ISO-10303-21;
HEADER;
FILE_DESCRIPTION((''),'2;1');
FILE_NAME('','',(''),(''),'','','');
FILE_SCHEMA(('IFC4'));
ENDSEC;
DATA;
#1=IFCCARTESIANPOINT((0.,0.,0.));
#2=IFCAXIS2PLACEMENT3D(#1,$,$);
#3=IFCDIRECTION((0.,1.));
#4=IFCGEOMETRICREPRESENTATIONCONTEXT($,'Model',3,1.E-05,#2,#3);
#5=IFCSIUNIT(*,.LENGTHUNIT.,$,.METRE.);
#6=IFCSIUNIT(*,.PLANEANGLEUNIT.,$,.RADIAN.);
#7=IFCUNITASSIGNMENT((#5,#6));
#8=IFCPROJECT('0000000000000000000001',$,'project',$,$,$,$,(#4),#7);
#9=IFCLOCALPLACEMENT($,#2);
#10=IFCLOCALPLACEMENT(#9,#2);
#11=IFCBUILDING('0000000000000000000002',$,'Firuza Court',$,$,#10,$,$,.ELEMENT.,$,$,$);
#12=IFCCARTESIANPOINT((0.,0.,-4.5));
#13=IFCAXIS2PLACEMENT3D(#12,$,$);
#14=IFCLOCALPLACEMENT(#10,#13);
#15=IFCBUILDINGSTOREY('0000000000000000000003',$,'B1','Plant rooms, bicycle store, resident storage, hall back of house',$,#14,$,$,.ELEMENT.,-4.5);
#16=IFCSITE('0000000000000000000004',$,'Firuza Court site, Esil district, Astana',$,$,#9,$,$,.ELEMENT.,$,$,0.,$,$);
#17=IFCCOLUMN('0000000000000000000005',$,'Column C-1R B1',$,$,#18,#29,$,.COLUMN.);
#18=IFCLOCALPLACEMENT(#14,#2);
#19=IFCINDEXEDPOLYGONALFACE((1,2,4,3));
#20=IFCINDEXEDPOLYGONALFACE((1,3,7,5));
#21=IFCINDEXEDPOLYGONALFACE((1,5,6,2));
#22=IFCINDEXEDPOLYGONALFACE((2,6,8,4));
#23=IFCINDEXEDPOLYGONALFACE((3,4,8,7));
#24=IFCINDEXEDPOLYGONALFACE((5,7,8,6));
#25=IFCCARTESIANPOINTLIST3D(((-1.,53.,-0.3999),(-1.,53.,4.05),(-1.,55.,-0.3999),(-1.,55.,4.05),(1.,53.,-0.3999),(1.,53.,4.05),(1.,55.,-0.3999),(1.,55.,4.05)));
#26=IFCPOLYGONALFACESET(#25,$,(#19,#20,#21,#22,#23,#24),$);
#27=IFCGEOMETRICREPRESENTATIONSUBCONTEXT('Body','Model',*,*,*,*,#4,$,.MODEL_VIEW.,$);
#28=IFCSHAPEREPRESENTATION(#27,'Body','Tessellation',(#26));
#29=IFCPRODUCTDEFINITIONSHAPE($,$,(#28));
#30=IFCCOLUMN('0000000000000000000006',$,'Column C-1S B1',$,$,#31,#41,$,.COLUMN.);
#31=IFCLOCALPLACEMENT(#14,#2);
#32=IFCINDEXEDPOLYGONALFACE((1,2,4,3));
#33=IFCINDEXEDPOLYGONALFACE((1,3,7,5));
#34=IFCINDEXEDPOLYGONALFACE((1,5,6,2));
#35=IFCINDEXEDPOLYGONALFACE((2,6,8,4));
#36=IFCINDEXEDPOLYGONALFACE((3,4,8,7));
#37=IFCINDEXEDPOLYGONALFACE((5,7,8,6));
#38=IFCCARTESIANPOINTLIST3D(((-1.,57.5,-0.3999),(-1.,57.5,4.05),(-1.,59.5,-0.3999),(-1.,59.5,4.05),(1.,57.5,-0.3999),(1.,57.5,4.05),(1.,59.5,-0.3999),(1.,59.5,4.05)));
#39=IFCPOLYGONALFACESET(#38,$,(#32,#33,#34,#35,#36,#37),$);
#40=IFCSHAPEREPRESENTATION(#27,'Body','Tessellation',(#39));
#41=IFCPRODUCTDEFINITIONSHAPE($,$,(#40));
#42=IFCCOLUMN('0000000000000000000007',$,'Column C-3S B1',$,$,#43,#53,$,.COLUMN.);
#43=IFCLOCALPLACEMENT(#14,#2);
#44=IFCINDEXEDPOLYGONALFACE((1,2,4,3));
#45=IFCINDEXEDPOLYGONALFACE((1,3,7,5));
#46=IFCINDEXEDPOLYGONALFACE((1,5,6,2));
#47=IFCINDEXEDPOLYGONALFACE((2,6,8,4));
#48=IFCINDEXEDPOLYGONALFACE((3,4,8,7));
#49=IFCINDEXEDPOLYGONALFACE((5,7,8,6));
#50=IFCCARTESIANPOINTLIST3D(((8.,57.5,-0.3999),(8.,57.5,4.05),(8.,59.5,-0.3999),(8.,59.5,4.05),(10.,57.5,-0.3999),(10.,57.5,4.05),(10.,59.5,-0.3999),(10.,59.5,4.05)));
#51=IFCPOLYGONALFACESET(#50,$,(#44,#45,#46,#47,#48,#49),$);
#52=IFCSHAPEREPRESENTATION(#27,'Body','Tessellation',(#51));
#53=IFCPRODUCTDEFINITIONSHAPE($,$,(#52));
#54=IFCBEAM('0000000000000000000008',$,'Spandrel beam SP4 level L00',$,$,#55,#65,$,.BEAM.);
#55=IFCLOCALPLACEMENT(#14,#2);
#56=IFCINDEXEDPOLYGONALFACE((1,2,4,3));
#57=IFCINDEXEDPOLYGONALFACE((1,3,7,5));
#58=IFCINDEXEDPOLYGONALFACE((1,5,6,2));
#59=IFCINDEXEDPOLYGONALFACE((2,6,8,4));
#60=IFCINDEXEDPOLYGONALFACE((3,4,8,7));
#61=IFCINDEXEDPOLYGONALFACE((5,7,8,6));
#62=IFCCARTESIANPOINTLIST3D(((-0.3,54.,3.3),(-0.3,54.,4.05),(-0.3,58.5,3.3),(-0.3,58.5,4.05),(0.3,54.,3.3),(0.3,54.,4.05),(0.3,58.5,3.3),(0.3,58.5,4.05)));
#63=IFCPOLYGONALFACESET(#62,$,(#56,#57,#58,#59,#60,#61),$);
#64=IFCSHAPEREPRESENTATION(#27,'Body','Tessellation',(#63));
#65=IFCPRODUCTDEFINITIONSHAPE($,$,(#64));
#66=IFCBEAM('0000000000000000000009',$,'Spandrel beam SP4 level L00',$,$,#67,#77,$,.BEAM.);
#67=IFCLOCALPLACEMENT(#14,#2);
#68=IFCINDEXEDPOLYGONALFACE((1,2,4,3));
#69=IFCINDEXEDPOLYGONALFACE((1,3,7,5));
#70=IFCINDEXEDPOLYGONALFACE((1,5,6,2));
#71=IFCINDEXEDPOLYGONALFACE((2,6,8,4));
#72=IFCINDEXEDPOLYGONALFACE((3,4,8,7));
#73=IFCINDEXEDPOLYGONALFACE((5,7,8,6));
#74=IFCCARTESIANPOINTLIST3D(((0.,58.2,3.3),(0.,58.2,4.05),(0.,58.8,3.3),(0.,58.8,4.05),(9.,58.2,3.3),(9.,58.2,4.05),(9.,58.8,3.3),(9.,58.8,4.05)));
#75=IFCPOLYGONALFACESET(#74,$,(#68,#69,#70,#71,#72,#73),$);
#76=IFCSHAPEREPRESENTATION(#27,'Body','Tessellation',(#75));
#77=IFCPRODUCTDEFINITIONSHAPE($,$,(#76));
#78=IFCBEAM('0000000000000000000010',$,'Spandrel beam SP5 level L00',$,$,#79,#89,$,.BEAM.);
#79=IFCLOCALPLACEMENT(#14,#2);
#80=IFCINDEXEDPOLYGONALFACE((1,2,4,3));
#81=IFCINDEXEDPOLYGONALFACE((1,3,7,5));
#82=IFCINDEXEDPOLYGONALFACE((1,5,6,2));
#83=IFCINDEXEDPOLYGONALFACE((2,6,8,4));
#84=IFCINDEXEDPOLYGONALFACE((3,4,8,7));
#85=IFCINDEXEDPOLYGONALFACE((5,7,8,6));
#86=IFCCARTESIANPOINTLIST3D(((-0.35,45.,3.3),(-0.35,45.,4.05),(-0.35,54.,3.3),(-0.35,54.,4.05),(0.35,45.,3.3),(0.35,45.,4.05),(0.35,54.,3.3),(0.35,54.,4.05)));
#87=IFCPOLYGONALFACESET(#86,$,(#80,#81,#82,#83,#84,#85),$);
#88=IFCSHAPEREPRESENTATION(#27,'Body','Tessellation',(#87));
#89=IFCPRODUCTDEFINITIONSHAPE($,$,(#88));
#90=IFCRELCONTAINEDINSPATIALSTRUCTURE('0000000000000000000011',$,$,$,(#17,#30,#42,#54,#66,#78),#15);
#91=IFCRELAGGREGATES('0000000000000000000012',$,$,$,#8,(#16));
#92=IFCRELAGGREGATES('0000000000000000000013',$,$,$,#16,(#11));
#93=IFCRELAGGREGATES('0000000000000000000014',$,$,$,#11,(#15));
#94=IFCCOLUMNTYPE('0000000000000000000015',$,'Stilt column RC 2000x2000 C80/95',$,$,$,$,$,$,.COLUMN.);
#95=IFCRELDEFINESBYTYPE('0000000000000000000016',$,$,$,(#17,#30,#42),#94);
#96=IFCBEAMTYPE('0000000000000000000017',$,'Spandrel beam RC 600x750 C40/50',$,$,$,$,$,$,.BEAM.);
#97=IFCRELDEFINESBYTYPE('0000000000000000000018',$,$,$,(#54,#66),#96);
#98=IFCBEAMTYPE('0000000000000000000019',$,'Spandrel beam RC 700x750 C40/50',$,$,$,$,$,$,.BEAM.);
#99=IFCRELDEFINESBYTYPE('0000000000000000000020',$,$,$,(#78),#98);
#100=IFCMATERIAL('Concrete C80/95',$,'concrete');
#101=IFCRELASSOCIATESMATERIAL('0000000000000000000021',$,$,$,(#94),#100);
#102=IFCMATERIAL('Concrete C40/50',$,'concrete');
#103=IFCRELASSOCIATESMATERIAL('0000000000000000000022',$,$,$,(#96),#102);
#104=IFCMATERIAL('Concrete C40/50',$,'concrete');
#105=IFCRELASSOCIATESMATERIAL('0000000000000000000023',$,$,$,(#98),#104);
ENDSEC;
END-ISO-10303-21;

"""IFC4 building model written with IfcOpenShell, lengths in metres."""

from ifc_helpers import new_model, si_unit, direction, frame, origin, origin_2d, place, context, subcontext, project, spatial, rectangle, extrude, material, material_profile, profile_set, type_object, element, save


model = new_model("IFC4")

# Units and contexts
model_context = context("Model", 3, precision=1e-05, world=origin(), true_north=direction((0.0, 1.0)))
body_context = subcontext(model_context, "Body", "Model", "MODEL_VIEW")
ifc_project = project(units=[si_unit("LENGTHUNIT", "METRE"), si_unit("PLANEANGLEUNIT", "RADIAN")], contexts=[model_context])

# Site, building, storey
site_placement = place(None, origin())
site = spatial("IfcSite", under=ifc_project, at=site_placement, Name="Firuza Court site, Esil district, Astana", CompositionType="ELEMENT", RefElevation=0.0)
building_placement = place(site_placement, origin())
building = spatial("IfcBuilding", under=site, at=building_placement, Name="Firuza Court", CompositionType="ELEMENT")
storey_placement = place(building_placement, frame((0.0, 0.0, -4.5)))
storey = spatial("IfcBuildingStorey", under=building, at=storey_placement, Name="B1", Description="Plant rooms, bicycle store, resident storage, hall back of house", CompositionType="ELEMENT", Elevation=-4.5)

# Columns
ifc_material_1 = material(Name="Concrete C80/95", Category="concrete")
ifc_material_profile_1 = material_profile(ifc_material_1, rectangle(XDim=2.0, YDim=2.0, at=origin_2d()), Name="RC 2000x2000")
ifc_profile_set_1 = profile_set([ifc_material_profile_1], Name="Concrete C80/95")
column_type = type_object("IfcColumnType", Name="Stilt column RC 2000x2000 C80/95", PredefinedType="COLUMN", material=ifc_profile_set_1)
for number, where, z_axis, x_axis, name in (
    (1, (0.0, 54.0, -0.3999), (0.0, 0.0, 1.0), (1.0, 0.0, 0.0), "Column C-1R B1"),
    (2, (0.0, 58.5, -0.3999), (0.0, 0.0, 1.0), (1.0, 0.0, 0.0), "Column C-1S B1"),
    (3, (9.0, 58.5, -0.3999), (0.0, 0.0, 1.0), (1.0, 0.0, 0.0), "Column C-3S B1"),
):
    element("IfcColumn", number, at=place(storey_placement, frame(where, z_axis=z_axis, x_axis=x_axis)), inside=storey, type_object=column_type, Name=name, PredefinedType="COLUMN", context=body_context, shape_type="SweptSolid", body=[
        extrude(rectangle(XDim=2.0, YDim=2.0, at=origin_2d()), origin(), (0.0, 0.0, 1.0), 4.45),
    ])

# Beams
ifc_material_2 = material(Name="Concrete C40/50", Category="concrete")
ifc_material_profile_2 = material_profile(ifc_material_2, rectangle(XDim=0.6001, YDim=0.75, at=origin_2d()), Name="RC 600x750")
ifc_profile_set_2 = profile_set([ifc_material_profile_2], Name="Concrete C40/50")
beam_type_1 = type_object("IfcBeamType", Name="Spandrel beam RC 600x750 C40/50", PredefinedType="BEAM", material=ifc_profile_set_2)
beam_1_placement = place(storey_placement, frame((0.0, 58.5, 3.675), z_axis=(0.0, -1.0, 0.0), x_axis=(1.0, 0.0, 0.0)))
element("IfcBeam", 4, at=beam_1_placement, inside=storey, type_object=beam_type_1, Name="Spandrel beam SP4 level L00", PredefinedType="BEAM", context=body_context, shape_type="SweptSolid", body=[
    extrude(rectangle(XDim=0.6001, YDim=0.75, at=origin_2d()), origin(), (0.0, 0.0, 1.0), 4.5),
])
beam_2_placement = place(storey_placement, frame((9.0, 58.5, 3.675), z_axis=(-1.0, 0.0, 0.0), x_axis=(0.0, -1.0, 0.0)))
element("IfcBeam", 5, at=beam_2_placement, inside=storey, type_object=beam_type_1, Name="Spandrel beam SP4 level L00", PredefinedType="BEAM", context=body_context, shape_type="SweptSolid", body=[
    extrude(rectangle(XDim=0.6001, YDim=0.75, at=origin_2d()), origin(), (0.0, 0.0, 1.0), 9.0),
])
ifc_material_3 = material(Name="Concrete C40/50", Category="concrete")
ifc_material_profile_3 = material_profile(ifc_material_3, rectangle(XDim=0.7, YDim=0.75, at=origin_2d()), Name="RC 700x750")
ifc_profile_set_3 = profile_set([ifc_material_profile_3], Name="Concrete C40/50")
beam_type_2 = type_object("IfcBeamType", Name="Spandrel beam RC 700x750 C40/50", PredefinedType="BEAM", material=ifc_profile_set_3)
beam_3_placement = place(storey_placement, frame((0.0, 54.0, 3.675), z_axis=(0.0, -1.0, 0.0), x_axis=(1.0, 0.0, 0.0)))
element("IfcBeam", 6, at=beam_3_placement, inside=storey, type_object=beam_type_2, Name="Spandrel beam SP5 level L00", PredefinedType="BEAM", context=body_context, shape_type="SweptSolid", body=[
    extrude(rectangle(XDim=0.7, YDim=0.75, at=origin_2d()), origin(), (0.0, 0.0, 1.0), 9.0),
])

save(model, "model.ifc")
